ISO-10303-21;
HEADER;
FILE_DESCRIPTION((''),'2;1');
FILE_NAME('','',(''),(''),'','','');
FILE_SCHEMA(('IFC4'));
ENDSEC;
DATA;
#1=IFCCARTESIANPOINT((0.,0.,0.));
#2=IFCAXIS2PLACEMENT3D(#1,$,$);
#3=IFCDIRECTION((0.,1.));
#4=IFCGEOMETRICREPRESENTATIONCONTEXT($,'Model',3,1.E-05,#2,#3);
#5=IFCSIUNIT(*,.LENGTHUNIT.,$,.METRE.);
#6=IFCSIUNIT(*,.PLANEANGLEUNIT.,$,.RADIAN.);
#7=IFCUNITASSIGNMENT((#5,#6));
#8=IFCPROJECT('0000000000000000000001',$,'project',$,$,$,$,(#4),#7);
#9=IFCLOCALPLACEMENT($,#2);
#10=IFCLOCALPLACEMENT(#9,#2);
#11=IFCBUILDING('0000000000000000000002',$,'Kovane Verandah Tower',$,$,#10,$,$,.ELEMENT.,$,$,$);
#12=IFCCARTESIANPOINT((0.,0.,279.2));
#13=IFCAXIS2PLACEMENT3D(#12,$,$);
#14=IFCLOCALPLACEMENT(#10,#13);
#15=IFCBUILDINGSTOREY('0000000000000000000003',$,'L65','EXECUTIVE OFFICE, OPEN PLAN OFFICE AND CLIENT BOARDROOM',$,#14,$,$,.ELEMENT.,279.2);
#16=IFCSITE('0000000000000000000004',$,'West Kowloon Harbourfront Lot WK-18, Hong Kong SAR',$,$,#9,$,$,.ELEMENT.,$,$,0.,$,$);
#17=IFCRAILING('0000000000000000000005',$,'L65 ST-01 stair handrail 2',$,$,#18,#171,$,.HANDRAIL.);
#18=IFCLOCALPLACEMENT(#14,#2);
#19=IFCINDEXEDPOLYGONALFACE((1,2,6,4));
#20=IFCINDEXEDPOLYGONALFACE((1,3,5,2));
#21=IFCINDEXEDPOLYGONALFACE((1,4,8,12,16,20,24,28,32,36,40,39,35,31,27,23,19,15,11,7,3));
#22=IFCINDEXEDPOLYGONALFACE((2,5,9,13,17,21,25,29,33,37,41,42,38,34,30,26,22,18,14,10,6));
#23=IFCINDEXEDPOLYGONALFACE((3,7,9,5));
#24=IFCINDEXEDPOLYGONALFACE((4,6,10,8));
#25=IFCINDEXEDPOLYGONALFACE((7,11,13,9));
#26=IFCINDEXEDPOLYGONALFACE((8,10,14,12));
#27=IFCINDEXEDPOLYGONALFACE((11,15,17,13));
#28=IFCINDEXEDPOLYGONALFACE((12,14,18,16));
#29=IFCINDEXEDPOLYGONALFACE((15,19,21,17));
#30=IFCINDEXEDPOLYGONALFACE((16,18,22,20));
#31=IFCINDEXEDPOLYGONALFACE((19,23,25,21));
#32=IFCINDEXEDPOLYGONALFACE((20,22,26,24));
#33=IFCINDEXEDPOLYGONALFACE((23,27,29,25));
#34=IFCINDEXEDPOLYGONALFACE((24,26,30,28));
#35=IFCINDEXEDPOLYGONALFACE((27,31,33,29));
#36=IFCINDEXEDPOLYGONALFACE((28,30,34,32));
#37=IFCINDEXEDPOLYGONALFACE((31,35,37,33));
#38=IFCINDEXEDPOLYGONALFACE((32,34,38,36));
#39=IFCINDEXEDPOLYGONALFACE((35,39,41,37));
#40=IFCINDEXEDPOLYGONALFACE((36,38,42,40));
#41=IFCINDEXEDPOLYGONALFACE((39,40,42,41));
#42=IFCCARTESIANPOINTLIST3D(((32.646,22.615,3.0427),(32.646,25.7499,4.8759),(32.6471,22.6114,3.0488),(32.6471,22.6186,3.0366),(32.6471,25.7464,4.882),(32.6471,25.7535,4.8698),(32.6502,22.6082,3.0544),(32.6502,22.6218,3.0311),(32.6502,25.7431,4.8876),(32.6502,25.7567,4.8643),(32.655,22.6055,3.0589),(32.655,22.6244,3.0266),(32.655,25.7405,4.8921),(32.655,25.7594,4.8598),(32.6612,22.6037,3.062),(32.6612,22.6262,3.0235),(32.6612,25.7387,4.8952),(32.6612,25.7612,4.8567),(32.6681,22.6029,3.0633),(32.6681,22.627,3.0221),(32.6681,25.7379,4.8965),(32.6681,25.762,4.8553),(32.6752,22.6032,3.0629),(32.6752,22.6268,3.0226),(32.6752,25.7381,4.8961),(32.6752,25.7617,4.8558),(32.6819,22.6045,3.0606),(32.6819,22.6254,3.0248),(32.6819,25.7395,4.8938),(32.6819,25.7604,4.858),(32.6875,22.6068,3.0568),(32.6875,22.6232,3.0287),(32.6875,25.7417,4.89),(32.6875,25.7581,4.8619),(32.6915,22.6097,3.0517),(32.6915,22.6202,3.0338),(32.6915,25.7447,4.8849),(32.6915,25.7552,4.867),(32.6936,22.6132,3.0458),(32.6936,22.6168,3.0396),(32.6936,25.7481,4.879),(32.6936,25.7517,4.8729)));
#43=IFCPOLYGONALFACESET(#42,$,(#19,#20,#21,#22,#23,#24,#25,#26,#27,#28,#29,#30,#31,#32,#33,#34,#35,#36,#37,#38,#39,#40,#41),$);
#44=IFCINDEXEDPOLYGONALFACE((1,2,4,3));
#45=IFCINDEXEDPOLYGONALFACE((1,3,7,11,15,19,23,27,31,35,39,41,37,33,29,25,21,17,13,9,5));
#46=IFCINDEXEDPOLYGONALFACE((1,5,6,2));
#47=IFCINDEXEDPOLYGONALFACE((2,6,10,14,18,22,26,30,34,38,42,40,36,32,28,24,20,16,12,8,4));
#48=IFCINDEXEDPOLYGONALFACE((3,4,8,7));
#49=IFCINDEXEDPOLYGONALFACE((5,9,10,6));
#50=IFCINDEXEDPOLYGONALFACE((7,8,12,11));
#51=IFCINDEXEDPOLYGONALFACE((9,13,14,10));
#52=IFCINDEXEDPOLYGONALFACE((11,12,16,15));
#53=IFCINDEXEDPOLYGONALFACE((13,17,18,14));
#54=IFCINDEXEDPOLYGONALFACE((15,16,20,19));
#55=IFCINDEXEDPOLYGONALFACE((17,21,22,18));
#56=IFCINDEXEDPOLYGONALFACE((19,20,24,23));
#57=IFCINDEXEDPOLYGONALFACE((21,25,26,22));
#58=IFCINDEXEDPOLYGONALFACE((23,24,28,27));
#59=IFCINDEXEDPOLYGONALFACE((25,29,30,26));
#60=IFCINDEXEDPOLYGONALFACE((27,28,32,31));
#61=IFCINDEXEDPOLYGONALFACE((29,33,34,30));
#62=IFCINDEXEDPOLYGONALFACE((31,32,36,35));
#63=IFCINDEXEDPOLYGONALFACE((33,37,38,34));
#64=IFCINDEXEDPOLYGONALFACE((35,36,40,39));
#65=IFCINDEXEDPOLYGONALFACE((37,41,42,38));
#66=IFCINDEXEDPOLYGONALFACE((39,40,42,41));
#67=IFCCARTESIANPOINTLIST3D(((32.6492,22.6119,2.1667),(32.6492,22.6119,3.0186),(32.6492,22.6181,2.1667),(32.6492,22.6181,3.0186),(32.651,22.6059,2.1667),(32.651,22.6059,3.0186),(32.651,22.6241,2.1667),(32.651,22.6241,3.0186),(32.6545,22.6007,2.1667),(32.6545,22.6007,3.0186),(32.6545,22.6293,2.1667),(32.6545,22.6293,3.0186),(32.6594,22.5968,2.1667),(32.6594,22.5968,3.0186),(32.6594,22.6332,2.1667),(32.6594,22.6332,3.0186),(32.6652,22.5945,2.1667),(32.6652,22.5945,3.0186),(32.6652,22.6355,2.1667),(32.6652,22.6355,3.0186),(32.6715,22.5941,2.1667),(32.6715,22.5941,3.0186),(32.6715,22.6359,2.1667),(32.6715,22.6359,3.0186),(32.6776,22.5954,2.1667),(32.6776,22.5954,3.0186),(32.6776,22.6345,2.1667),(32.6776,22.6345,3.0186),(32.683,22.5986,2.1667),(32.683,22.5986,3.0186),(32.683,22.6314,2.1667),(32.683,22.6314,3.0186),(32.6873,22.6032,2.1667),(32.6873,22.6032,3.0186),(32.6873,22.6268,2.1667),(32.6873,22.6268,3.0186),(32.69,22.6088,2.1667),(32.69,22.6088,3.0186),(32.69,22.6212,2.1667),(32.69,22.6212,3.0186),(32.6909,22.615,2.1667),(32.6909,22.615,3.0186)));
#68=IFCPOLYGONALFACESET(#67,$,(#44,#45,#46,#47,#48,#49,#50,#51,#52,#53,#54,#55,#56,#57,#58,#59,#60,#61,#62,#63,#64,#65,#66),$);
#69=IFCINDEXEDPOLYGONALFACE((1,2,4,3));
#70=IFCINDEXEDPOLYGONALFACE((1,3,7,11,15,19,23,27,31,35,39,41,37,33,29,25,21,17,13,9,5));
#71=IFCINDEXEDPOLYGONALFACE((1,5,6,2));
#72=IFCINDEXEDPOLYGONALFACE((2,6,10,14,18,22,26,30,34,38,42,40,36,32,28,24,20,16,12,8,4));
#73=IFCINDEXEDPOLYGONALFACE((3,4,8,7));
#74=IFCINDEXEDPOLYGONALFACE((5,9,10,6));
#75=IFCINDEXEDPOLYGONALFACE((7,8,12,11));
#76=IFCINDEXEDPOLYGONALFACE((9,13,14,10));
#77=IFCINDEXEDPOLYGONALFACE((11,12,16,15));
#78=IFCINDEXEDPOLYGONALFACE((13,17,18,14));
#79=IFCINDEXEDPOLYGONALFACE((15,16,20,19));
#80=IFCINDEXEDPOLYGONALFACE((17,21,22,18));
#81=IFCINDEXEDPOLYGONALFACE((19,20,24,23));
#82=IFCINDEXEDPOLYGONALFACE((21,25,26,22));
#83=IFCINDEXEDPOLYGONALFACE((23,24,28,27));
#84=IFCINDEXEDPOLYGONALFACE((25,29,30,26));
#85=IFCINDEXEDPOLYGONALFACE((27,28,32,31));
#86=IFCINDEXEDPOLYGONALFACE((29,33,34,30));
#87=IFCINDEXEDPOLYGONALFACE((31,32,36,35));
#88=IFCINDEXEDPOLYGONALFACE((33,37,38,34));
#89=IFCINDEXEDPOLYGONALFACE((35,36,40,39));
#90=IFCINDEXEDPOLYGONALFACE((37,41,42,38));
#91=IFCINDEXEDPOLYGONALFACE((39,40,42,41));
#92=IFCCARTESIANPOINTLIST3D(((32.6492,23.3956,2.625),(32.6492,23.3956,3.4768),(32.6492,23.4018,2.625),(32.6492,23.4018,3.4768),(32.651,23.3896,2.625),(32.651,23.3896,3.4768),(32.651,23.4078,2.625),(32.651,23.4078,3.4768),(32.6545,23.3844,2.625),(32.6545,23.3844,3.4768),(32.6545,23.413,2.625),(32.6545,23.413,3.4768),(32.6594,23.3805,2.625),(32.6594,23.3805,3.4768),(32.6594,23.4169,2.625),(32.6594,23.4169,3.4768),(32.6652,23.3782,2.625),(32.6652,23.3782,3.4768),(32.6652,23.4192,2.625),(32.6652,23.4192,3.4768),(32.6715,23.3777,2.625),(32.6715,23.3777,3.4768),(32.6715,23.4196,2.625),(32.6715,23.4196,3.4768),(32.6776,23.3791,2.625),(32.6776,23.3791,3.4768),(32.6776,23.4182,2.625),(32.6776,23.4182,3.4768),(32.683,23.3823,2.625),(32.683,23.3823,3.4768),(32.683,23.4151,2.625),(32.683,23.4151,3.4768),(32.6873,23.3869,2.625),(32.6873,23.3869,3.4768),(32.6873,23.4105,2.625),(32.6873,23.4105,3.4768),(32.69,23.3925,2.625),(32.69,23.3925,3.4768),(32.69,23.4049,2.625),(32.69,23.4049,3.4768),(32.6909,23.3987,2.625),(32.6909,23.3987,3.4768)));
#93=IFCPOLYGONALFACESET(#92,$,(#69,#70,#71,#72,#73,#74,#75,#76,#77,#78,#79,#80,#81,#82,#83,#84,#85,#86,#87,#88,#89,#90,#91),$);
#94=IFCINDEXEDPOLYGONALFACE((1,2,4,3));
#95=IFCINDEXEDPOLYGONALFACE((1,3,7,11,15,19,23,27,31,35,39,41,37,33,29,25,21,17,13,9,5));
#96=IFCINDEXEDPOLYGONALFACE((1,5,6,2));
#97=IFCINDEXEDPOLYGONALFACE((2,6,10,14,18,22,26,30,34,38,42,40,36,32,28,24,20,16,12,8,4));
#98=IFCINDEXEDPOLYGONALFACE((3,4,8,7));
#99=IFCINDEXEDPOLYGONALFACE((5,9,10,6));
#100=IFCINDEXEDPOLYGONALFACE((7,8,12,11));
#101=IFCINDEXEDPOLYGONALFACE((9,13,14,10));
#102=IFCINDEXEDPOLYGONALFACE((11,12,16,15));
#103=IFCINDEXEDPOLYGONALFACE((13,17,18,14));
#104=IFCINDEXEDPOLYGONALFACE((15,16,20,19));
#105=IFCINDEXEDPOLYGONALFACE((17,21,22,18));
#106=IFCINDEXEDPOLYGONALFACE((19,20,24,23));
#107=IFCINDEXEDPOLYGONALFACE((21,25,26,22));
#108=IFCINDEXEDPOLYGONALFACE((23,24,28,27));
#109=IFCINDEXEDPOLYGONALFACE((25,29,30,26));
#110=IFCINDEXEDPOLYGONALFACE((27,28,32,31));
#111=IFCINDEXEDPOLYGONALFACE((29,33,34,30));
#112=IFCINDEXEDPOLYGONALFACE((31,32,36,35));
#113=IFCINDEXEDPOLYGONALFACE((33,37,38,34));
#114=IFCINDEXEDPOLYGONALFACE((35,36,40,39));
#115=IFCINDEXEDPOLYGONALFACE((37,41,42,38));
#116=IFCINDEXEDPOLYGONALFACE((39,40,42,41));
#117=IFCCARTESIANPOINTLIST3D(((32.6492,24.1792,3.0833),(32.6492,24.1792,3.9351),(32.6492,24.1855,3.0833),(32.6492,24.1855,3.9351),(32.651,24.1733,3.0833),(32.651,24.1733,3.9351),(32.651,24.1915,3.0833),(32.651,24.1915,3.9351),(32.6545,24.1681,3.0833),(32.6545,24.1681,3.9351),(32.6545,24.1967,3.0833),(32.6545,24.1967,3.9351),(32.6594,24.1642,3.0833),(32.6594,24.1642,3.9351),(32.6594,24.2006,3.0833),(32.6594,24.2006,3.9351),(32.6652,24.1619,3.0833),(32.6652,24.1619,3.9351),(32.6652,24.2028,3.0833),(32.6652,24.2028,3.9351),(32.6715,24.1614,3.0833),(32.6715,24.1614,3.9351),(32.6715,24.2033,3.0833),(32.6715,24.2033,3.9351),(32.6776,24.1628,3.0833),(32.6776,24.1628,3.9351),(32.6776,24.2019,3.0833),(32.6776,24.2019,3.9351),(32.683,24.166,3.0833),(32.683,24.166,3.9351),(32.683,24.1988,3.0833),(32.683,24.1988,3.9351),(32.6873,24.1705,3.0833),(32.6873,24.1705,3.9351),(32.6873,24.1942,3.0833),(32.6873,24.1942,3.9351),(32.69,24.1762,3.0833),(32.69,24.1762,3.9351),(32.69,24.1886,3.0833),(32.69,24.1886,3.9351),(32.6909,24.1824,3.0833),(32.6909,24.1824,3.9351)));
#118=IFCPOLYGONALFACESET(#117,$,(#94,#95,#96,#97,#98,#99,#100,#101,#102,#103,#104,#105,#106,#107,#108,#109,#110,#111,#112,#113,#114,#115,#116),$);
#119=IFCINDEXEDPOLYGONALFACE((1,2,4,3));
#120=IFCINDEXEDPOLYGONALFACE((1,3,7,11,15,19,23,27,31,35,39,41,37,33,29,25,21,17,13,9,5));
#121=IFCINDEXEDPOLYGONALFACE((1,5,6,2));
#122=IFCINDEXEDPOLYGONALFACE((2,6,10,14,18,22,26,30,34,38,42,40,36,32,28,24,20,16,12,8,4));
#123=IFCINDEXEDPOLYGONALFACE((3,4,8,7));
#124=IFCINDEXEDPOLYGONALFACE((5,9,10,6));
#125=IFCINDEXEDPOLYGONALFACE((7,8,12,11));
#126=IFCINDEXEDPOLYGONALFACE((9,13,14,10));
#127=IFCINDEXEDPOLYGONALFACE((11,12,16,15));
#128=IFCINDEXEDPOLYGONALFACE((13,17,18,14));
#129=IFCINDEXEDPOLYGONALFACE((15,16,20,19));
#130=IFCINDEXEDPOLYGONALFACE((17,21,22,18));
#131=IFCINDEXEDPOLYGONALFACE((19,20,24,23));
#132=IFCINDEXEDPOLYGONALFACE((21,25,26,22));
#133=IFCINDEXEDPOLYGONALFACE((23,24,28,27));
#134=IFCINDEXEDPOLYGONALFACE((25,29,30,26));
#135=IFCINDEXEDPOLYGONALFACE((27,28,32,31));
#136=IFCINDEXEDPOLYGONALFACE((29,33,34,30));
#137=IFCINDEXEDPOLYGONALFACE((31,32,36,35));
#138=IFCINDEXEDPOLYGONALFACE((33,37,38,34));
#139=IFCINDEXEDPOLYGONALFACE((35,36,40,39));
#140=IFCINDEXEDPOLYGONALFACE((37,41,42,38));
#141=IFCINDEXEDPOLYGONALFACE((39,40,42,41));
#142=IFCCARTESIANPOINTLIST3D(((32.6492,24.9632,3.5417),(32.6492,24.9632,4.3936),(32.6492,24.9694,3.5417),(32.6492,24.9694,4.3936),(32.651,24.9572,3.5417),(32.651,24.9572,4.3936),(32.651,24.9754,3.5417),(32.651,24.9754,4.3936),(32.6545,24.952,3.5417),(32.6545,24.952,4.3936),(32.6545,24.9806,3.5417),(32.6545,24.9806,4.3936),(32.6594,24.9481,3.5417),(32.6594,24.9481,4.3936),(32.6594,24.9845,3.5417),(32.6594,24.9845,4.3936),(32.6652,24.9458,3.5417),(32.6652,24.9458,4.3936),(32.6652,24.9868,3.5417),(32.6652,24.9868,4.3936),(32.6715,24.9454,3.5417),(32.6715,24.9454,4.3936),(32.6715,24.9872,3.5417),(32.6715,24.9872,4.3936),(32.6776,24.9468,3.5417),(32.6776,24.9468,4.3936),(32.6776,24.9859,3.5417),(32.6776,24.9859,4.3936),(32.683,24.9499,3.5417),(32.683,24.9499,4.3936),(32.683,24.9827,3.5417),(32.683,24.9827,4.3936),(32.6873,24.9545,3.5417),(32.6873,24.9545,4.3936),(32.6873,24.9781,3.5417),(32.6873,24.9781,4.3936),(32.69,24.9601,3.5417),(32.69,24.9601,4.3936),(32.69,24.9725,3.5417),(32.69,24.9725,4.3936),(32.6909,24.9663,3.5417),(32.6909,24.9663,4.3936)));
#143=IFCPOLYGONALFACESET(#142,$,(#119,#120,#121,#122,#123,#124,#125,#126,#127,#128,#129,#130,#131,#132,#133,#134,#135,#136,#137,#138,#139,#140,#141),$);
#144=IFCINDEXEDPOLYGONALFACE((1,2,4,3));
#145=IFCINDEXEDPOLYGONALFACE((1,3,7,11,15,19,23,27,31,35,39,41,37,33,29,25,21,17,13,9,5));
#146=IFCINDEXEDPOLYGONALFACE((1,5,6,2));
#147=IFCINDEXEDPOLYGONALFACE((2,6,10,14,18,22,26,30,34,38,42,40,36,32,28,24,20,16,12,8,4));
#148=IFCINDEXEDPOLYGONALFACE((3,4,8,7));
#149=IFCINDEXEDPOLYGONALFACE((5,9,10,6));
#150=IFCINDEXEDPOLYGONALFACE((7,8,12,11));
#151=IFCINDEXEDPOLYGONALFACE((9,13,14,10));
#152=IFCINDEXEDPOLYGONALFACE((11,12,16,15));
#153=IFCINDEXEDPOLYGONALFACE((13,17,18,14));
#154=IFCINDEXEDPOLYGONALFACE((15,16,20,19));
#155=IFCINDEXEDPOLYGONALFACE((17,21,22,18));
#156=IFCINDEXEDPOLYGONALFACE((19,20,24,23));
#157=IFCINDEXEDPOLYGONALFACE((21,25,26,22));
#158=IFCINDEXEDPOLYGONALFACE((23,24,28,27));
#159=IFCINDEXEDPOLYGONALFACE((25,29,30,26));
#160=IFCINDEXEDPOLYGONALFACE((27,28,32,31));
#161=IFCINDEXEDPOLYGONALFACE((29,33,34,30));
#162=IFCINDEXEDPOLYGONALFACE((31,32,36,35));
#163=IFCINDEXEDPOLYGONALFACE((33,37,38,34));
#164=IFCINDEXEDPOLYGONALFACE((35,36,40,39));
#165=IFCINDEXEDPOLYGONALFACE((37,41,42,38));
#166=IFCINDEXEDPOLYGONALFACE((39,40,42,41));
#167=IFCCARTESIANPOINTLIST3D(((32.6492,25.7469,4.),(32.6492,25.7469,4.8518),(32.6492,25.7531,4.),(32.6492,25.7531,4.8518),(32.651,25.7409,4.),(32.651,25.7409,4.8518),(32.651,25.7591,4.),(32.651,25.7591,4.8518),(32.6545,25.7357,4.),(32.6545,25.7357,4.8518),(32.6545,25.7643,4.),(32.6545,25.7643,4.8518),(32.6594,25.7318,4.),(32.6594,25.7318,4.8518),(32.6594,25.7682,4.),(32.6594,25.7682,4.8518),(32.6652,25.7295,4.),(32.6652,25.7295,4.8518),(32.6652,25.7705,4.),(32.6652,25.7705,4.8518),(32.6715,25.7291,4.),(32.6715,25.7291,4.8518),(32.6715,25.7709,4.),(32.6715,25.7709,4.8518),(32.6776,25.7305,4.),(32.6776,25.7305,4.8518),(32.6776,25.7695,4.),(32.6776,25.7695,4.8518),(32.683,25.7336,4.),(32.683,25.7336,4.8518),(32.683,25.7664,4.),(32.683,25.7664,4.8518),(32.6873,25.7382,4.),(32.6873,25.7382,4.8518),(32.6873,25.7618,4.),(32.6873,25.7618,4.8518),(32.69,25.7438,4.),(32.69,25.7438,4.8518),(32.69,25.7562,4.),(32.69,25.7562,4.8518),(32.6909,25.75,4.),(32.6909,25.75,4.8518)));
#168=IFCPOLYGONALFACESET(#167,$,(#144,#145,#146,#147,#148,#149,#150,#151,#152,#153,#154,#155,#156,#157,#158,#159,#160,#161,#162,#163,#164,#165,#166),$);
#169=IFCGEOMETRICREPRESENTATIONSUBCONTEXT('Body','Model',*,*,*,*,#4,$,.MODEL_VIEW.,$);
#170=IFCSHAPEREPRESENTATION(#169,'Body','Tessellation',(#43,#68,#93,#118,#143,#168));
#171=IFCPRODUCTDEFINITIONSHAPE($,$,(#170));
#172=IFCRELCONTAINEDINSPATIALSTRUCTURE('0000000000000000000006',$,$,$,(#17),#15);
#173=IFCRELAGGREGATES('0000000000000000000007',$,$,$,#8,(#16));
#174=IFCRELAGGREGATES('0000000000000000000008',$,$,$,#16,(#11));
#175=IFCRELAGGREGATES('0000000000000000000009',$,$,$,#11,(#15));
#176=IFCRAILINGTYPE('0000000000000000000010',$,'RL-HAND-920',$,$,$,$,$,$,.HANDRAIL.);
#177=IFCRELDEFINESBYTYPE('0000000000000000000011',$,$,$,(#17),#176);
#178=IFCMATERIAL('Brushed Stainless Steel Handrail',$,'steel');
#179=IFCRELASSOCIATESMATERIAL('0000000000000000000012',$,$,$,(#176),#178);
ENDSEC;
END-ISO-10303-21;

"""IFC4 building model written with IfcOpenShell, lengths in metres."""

from ifc_helpers import new_model, si_unit, direction, frame, origin, origin_2d, place, context, subcontext, project, spatial, circle, extrude, material, type_object, element, save


model = new_model("IFC4")

# Units and contexts
model_context = context("Model", 3, precision=1e-05, world=origin(), true_north=direction((0.0, 1.0)))
body_context = subcontext(model_context, "Body", "Model", "MODEL_VIEW")
ifc_project = project(units=[si_unit("LENGTHUNIT", "METRE"), si_unit("PLANEANGLEUNIT", "RADIAN")], contexts=[model_context])

# Site, building, storey
site_placement = place(None, origin())
site = spatial("IfcSite", under=ifc_project, at=site_placement, Name="West Kowloon Harbourfront Lot WK-18, Hong Kong SAR", CompositionType="ELEMENT", RefElevation=0.0)
building_placement = place(site_placement, origin())
building = spatial("IfcBuilding", under=site, at=building_placement, Name="Kovane Verandah Tower", CompositionType="ELEMENT")
storey_placement = place(building_placement, frame((0.0, 0.0, 279.2)))
storey = spatial("IfcBuildingStorey", under=building, at=storey_placement, Name="L65", Description="EXECUTIVE OFFICE, OPEN PLAN OFFICE AND CLIENT BOARDROOM", CompositionType="ELEMENT", Elevation=279.2)

# Railing
ifc_material_1 = material(Name="Brushed Stainless Steel Handrail", Category="steel")
railing_type_1 = type_object("IfcRailingType", Name="RL-HAND-920", PredefinedType="HANDRAIL", material=ifc_material_1)
railing_1_placement = place(storey_placement, frame((32.6699, 22.615, 2.1667)))
element("IfcRailing", 1, at=railing_1_placement, inside=storey, type_object=railing_type_1, Name="L65 ST-01 stair handrail 2", PredefinedType="HANDRAIL", context=body_context, shape_type="SweptSolid", body=[
    extrude(circle(Radius=0.0239, at=origin_2d()), frame((0.0, 0.0, 0.876), z_axis=(0.0, 0.86324, 0.504794), x_axis=(-1.0, 0.0, 0.0)), (0.0, 0.0, 1.0), 3.6316),
    extrude(circle(Radius=0.021, at=origin_2d()), origin(), (0.0, 0.0, 1.0), 0.8518),
    extrude(circle(Radius=0.021, at=origin_2d()), frame((0.0, 0.7837, 0.4583)), (0.0, 0.0, 1.0), 0.8518),
    extrude(circle(Radius=0.021, at=origin_2d()), frame((0.0, 1.5674, 0.9165)), (0.0, 0.0, 1.0), 0.8518),
    extrude(circle(Radius=0.021, at=origin_2d()), frame((0.0, 2.3513, 1.375)), (0.0, 0.0, 1.0), 0.8518),
    extrude(circle(Radius=0.021, at=origin_2d()), frame((0.0, 3.135, 1.8333)), (0.0, 0.0, 1.0), 0.8518),
])

save(model, "model.ifc")
